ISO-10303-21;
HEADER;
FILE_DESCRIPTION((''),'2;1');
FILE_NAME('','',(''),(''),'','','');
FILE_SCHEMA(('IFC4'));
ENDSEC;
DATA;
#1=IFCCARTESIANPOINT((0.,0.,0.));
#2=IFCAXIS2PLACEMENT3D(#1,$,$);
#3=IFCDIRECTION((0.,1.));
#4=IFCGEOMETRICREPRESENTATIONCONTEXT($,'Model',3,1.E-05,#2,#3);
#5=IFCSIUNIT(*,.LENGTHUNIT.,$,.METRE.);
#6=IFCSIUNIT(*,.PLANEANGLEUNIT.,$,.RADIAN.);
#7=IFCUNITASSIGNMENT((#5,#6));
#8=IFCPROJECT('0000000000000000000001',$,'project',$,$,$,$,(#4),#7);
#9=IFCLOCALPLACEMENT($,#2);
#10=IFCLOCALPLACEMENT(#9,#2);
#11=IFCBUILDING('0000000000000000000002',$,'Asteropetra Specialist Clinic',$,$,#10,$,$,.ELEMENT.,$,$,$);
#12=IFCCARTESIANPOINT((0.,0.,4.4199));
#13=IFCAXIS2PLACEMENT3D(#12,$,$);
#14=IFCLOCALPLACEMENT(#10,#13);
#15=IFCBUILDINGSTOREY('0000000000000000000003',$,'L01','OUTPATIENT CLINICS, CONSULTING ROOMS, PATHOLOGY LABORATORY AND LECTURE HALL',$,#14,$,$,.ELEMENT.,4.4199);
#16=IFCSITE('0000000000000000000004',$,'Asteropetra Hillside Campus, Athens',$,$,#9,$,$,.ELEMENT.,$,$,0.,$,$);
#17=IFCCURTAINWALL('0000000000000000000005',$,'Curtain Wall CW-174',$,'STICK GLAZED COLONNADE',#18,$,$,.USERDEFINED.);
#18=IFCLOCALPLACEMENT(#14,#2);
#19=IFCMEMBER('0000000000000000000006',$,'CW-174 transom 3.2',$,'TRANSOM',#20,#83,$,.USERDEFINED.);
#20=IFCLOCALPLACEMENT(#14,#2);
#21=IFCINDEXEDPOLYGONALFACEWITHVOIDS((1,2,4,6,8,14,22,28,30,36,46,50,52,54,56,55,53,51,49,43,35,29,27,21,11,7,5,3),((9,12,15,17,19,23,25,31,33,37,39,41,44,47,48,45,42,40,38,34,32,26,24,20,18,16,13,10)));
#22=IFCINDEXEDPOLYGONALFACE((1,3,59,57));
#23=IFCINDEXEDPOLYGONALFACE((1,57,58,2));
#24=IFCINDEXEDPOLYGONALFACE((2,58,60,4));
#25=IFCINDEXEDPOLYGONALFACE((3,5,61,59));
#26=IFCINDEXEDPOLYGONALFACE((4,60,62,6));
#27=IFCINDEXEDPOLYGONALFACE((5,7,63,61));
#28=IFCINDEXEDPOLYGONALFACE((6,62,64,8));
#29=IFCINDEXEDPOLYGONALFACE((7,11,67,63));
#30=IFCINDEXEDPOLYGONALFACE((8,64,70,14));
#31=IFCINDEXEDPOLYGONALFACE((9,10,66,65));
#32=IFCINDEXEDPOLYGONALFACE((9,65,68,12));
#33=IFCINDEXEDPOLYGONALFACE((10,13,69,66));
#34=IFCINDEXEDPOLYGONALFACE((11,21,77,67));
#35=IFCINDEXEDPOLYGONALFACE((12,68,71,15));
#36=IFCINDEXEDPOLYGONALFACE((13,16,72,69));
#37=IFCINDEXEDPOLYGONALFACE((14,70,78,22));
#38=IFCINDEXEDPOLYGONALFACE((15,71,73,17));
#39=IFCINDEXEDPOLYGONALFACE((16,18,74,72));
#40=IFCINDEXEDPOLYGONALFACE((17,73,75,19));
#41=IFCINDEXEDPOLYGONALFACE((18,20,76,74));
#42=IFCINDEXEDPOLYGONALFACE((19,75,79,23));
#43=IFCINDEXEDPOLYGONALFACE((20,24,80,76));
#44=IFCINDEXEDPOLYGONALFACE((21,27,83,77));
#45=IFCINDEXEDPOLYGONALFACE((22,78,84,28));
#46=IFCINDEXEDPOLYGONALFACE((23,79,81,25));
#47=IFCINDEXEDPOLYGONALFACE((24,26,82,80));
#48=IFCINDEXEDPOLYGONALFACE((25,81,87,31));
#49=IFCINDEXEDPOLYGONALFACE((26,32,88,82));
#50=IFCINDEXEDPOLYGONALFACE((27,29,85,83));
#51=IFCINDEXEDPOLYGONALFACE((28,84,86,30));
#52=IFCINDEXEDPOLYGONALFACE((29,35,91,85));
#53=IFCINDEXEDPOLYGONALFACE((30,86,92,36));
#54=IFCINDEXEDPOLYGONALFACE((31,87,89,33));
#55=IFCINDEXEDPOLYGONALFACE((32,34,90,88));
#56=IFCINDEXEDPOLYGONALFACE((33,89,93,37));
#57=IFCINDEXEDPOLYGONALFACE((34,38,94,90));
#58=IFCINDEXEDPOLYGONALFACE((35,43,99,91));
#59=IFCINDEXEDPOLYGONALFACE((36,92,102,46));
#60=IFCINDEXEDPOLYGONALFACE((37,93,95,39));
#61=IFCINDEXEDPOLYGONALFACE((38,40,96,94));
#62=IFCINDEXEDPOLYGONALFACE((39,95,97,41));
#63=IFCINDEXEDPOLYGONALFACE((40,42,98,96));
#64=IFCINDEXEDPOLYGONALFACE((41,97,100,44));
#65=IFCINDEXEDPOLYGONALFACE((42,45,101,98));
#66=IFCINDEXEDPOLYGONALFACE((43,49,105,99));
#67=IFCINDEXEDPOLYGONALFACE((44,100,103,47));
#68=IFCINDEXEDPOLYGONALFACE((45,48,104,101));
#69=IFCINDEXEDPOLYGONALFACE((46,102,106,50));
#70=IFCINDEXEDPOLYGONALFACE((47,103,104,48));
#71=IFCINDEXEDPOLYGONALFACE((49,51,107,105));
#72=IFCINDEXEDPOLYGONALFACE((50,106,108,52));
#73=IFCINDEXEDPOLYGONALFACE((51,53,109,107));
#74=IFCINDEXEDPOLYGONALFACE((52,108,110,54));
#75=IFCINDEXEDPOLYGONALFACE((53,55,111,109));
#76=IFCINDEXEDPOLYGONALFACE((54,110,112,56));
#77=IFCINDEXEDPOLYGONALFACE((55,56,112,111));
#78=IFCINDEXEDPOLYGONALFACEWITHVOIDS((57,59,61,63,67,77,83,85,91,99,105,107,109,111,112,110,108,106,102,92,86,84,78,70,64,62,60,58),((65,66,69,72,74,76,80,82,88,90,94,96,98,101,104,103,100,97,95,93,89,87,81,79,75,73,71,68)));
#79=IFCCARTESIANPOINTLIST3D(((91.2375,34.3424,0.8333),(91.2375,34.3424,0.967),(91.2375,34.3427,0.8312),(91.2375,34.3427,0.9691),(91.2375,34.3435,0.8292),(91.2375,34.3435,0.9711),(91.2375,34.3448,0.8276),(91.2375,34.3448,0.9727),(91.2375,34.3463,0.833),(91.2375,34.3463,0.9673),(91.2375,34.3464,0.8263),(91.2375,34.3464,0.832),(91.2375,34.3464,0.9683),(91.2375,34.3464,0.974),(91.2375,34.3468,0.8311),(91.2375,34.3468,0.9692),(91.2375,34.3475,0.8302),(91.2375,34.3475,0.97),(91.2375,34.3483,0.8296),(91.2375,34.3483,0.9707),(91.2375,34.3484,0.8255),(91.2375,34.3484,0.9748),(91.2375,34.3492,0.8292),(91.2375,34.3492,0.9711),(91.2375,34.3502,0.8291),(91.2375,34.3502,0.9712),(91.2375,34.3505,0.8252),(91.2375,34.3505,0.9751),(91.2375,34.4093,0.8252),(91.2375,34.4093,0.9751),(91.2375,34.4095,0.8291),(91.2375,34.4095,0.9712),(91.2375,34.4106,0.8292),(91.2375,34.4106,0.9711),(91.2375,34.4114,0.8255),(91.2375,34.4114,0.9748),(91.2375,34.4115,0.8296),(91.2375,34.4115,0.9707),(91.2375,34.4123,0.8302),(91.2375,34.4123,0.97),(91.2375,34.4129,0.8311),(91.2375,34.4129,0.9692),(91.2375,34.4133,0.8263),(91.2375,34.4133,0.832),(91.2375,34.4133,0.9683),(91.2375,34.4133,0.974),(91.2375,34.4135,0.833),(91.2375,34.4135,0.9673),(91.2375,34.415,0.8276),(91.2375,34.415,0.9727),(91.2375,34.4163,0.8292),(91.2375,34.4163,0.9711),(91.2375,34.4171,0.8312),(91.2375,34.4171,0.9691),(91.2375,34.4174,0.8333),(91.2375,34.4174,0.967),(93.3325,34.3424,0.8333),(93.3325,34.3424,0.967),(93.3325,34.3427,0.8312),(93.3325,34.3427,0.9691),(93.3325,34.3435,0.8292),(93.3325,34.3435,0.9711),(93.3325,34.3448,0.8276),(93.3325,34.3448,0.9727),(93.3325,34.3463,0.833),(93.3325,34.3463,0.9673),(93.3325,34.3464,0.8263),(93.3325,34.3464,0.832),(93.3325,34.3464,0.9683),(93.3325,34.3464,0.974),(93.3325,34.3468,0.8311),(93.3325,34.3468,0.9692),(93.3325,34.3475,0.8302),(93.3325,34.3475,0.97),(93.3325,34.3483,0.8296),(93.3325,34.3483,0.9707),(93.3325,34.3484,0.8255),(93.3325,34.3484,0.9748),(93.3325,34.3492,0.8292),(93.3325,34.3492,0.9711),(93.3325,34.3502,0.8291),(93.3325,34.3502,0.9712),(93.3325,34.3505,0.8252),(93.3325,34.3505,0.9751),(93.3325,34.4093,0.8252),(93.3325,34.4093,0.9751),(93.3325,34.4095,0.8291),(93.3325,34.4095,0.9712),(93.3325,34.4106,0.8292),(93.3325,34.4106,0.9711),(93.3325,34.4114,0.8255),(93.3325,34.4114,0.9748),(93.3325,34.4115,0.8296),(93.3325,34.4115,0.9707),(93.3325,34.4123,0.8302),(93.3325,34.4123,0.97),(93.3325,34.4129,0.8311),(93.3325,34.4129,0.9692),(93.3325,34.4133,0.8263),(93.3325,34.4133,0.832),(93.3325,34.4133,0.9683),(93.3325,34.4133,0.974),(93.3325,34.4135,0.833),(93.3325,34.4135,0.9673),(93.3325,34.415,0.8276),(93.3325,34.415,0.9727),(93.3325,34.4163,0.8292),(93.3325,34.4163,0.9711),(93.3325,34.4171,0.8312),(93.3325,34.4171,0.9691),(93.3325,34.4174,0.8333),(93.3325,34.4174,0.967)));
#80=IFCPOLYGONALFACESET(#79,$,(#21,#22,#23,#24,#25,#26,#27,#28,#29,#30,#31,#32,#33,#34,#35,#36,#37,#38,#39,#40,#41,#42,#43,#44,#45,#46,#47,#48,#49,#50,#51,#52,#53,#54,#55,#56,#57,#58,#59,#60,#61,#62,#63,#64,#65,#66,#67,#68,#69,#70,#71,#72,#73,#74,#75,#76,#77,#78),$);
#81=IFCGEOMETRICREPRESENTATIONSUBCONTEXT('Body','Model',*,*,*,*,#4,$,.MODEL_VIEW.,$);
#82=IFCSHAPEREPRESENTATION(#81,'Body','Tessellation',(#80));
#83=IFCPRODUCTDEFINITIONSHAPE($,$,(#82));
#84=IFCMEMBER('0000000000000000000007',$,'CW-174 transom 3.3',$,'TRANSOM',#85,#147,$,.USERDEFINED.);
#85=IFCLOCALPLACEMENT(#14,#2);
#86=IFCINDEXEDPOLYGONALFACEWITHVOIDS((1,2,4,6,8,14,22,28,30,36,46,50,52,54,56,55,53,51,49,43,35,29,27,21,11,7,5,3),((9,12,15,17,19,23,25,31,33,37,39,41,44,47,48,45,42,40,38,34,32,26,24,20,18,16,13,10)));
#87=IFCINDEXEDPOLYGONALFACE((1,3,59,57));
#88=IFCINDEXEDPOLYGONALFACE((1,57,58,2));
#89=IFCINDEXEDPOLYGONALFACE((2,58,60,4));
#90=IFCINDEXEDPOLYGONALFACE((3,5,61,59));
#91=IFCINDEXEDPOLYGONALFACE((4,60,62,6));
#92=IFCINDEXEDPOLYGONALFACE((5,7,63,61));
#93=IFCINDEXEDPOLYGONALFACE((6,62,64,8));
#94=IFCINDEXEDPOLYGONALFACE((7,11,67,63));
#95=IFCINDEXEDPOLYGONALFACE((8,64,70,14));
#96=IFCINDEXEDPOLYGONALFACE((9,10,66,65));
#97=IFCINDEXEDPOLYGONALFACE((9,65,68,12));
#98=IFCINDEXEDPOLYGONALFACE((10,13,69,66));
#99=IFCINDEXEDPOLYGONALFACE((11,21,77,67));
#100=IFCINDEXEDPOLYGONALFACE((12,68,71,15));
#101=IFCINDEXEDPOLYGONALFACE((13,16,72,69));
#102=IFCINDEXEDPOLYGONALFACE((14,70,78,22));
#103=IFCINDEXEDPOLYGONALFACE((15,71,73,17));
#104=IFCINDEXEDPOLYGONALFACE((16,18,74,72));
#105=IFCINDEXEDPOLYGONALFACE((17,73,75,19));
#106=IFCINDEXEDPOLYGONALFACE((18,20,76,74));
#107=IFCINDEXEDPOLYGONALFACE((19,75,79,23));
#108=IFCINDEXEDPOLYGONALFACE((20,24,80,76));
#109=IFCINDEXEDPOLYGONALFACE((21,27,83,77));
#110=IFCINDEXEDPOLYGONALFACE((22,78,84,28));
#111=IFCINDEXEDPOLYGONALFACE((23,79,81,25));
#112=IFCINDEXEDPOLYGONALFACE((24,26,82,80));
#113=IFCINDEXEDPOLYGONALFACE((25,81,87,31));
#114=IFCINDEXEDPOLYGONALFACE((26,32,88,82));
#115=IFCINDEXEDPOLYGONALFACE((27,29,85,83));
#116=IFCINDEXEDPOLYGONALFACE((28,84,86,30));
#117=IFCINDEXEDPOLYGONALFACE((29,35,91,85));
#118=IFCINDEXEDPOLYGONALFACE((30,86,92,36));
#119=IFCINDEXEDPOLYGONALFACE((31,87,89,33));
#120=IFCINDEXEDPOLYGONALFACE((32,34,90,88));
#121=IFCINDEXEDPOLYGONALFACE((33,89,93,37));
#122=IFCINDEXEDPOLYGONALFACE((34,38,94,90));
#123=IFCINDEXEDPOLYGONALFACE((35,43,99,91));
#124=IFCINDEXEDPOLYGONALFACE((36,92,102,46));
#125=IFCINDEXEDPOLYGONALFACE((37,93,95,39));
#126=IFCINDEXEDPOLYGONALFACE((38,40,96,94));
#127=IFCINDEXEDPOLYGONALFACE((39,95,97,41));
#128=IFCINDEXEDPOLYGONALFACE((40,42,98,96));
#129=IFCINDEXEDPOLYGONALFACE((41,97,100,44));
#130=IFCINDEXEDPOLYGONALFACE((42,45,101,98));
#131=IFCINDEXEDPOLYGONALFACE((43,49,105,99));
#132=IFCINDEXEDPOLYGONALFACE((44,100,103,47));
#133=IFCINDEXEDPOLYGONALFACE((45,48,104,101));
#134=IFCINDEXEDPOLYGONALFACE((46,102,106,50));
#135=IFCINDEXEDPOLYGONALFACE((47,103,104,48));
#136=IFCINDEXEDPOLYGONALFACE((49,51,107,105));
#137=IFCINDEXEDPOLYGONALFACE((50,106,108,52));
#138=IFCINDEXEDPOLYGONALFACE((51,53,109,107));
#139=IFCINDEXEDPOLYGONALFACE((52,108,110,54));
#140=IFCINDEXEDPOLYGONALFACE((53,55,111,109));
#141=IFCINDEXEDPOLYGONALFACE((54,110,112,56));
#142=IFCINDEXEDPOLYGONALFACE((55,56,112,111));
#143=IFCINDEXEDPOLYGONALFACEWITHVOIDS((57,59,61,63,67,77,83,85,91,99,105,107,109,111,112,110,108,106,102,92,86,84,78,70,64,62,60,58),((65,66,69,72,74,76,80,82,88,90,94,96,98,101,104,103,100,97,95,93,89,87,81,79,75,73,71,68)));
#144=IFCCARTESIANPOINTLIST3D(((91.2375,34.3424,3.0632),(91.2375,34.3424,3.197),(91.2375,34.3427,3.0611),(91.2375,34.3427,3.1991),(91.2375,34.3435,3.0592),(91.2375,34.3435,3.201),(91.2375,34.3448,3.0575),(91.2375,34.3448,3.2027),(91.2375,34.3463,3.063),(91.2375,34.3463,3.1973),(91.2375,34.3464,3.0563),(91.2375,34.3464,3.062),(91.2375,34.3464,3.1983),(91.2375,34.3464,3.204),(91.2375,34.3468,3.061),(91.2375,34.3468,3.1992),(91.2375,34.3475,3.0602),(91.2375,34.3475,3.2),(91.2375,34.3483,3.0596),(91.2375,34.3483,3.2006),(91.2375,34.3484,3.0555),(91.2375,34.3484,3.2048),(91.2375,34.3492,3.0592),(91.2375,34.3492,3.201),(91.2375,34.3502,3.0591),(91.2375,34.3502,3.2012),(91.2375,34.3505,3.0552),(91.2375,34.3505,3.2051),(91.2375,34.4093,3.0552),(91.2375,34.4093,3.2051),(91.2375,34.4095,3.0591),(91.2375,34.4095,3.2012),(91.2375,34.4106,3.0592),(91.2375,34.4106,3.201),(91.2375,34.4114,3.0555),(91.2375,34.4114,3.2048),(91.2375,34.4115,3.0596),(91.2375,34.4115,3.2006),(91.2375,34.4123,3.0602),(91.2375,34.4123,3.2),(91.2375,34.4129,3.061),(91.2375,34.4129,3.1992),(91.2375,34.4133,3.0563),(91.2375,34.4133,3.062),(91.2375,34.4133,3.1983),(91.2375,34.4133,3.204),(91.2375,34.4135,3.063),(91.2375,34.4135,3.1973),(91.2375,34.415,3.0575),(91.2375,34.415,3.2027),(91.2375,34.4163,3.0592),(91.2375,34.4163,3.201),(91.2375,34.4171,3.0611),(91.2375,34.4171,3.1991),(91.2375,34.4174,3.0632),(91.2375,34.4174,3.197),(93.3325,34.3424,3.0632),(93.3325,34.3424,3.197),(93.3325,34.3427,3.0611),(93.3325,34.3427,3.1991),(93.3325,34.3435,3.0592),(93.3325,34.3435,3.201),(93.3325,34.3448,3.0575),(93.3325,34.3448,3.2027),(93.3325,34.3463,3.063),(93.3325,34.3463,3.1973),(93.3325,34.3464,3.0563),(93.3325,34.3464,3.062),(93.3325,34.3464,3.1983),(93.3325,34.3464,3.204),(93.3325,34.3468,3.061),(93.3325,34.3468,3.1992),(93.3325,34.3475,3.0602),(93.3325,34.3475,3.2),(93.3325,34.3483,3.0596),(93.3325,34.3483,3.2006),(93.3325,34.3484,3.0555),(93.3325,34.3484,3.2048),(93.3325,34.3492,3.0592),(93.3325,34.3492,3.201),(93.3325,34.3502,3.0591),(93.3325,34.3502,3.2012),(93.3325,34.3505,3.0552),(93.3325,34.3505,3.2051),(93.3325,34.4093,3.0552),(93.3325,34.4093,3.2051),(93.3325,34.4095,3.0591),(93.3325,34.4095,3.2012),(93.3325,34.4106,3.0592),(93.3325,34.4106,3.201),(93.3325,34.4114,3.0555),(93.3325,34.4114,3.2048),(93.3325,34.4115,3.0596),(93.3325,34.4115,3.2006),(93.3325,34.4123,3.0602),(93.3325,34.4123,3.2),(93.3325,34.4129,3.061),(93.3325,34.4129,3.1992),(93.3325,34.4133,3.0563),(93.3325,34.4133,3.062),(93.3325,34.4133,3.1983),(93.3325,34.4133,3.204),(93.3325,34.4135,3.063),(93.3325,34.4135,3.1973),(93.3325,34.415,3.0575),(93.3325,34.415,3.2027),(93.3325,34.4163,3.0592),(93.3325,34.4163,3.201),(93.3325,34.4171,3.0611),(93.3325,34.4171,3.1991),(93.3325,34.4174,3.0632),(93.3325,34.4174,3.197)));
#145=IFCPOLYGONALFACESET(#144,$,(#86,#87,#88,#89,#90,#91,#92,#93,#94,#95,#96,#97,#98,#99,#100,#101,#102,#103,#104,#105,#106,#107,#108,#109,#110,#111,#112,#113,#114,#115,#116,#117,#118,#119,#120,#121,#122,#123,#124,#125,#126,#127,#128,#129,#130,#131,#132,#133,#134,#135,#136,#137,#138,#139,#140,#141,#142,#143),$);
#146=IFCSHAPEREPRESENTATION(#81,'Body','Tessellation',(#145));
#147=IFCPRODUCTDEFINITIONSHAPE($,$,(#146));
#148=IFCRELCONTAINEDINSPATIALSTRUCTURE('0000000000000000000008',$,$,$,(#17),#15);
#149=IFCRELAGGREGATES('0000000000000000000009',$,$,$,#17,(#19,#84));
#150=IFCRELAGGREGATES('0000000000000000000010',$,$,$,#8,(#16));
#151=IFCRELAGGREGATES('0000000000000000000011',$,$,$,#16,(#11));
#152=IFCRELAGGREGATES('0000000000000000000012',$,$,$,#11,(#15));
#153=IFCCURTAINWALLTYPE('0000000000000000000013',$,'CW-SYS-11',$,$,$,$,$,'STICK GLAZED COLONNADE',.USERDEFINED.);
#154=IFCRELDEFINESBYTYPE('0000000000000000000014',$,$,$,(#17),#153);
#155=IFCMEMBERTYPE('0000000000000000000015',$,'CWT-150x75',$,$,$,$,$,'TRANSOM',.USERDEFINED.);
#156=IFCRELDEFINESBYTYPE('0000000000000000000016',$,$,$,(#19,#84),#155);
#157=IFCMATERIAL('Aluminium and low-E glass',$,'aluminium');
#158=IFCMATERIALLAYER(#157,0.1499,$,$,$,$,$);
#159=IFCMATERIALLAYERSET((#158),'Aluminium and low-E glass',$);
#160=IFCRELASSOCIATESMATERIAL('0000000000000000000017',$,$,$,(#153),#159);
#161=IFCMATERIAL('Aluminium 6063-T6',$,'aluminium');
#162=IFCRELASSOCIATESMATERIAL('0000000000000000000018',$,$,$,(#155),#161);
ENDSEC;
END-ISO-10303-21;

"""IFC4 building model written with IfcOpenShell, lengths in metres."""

from ifc_helpers import new_model, si_unit, direction, frame, origin, origin_2d, place, context, subcontext, project, spatial, hollow_rectangle, extrude, material, layer, layer_set, material_profile, profile_set, type_object, element, aggregate, save


model = new_model("IFC4")

# Units and contexts
model_context = context("Model", 3, precision=1e-05, world=origin(), true_north=direction((0.0, 1.0)))
body_context = subcontext(model_context, "Body", "Model", "MODEL_VIEW")
ifc_project = project(units=[si_unit("LENGTHUNIT", "METRE"), si_unit("PLANEANGLEUNIT", "RADIAN")], contexts=[model_context])

# Site, building, storey
site_placement = place(None, origin())
site = spatial("IfcSite", under=ifc_project, at=site_placement, Name="Asteropetra Hillside Campus, Athens", CompositionType="ELEMENT", RefElevation=0.0)
building_placement = place(site_placement, origin())
building = spatial("IfcBuilding", under=site, at=building_placement, Name="Asteropetra Specialist Clinic", CompositionType="ELEMENT")
storey_placement = place(building_placement, frame((0.0, 0.0, 4.4199)))
storey = spatial("IfcBuildingStorey", under=building, at=storey_placement, Name="L01", Description="OUTPATIENT CLINICS, CONSULTING ROOMS, PATHOLOGY LABORATORY AND LECTURE HALL", CompositionType="ELEMENT", Elevation=4.4199)

# Shared definitions
ifc_material_1 = material(Name="Aluminium and low-E glass", Category="aluminium")
ifc_layer_1 = layer(ifc_material_1, 0.1499)
ifc_layer_set_1 = layer_set([ifc_layer_1], Name="Aluminium and low-E glass")
curtain_wall_type = type_object("IfcCurtainWallType", Name="CW-SYS-11", ElementType="STICK GLAZED COLONNADE", PredefinedType="USERDEFINED", material=ifc_layer_set_1)

# Curtain wall
curtain_wall_1_placement = place(storey_placement, origin())
curtain_wall_1 = element("IfcCurtainWall", 1, at=curtain_wall_1_placement, inside=storey, type_object=curtain_wall_type, Name="Curtain Wall CW-174", ObjectType="STICK GLAZED COLONNADE", PredefinedType="USERDEFINED")

# Members
ifc_material_2 = material(Name="Aluminium 6063-T6", Category="aluminium")
ifc_material_profile_1 = material_profile(ifc_material_2, hollow_rectangle(XDim=0.075, YDim=0.1499, WallThickness=0.0039, InnerFilletRadius=0.0039, OuterFilletRadius=0.0081, at=origin_2d()), Name="TRN 150x75x4.0")
ifc_profile_set_1 = profile_set([ifc_material_profile_1], Name="Aluminium 6063-T6")
member_type_1 = type_object("IfcMemberType", Name="CWT-150x75", ElementType="TRANSOM", PredefinedType="USERDEFINED", material=ifc_profile_set_1)
member_1_placement = place(storey_placement, frame((91.2375, 34.3799, 0.9001), z_axis=(1.0, 0.0, 0.0), x_axis=(0.0, 1.0, 0.0)))
member_1 = element("IfcMember", 2, at=member_1_placement, type_object=member_type_1, Name="CW-174 transom 3.2", ObjectType="TRANSOM", PredefinedType="USERDEFINED", context=body_context, shape_type="SweptSolid", body=[
    extrude(hollow_rectangle(XDim=0.075, YDim=0.1499, WallThickness=0.0039, InnerFilletRadius=0.0039, OuterFilletRadius=0.0081, at=origin_2d()), origin(), (0.0, 0.0, 1.0), 2.095),
])
member_2_placement = place(storey_placement, frame((91.2375, 34.3799, 3.1301), z_axis=(1.0, 0.0, 0.0), x_axis=(0.0, 1.0, 0.0)))
member_2 = element("IfcMember", 3, at=member_2_placement, type_object=member_type_1, Name="CW-174 transom 3.3", ObjectType="TRANSOM", PredefinedType="USERDEFINED", context=body_context, shape_type="SweptSolid", body=[
    extrude(hollow_rectangle(XDim=0.075, YDim=0.1499, WallThickness=0.0039, InnerFilletRadius=0.0039, OuterFilletRadius=0.0081, at=origin_2d()), origin(), (0.0, 0.0, 1.0), 2.095),
])

aggregate(curtain_wall_1, [member_1, member_2])

save(model, "model.ifc")
